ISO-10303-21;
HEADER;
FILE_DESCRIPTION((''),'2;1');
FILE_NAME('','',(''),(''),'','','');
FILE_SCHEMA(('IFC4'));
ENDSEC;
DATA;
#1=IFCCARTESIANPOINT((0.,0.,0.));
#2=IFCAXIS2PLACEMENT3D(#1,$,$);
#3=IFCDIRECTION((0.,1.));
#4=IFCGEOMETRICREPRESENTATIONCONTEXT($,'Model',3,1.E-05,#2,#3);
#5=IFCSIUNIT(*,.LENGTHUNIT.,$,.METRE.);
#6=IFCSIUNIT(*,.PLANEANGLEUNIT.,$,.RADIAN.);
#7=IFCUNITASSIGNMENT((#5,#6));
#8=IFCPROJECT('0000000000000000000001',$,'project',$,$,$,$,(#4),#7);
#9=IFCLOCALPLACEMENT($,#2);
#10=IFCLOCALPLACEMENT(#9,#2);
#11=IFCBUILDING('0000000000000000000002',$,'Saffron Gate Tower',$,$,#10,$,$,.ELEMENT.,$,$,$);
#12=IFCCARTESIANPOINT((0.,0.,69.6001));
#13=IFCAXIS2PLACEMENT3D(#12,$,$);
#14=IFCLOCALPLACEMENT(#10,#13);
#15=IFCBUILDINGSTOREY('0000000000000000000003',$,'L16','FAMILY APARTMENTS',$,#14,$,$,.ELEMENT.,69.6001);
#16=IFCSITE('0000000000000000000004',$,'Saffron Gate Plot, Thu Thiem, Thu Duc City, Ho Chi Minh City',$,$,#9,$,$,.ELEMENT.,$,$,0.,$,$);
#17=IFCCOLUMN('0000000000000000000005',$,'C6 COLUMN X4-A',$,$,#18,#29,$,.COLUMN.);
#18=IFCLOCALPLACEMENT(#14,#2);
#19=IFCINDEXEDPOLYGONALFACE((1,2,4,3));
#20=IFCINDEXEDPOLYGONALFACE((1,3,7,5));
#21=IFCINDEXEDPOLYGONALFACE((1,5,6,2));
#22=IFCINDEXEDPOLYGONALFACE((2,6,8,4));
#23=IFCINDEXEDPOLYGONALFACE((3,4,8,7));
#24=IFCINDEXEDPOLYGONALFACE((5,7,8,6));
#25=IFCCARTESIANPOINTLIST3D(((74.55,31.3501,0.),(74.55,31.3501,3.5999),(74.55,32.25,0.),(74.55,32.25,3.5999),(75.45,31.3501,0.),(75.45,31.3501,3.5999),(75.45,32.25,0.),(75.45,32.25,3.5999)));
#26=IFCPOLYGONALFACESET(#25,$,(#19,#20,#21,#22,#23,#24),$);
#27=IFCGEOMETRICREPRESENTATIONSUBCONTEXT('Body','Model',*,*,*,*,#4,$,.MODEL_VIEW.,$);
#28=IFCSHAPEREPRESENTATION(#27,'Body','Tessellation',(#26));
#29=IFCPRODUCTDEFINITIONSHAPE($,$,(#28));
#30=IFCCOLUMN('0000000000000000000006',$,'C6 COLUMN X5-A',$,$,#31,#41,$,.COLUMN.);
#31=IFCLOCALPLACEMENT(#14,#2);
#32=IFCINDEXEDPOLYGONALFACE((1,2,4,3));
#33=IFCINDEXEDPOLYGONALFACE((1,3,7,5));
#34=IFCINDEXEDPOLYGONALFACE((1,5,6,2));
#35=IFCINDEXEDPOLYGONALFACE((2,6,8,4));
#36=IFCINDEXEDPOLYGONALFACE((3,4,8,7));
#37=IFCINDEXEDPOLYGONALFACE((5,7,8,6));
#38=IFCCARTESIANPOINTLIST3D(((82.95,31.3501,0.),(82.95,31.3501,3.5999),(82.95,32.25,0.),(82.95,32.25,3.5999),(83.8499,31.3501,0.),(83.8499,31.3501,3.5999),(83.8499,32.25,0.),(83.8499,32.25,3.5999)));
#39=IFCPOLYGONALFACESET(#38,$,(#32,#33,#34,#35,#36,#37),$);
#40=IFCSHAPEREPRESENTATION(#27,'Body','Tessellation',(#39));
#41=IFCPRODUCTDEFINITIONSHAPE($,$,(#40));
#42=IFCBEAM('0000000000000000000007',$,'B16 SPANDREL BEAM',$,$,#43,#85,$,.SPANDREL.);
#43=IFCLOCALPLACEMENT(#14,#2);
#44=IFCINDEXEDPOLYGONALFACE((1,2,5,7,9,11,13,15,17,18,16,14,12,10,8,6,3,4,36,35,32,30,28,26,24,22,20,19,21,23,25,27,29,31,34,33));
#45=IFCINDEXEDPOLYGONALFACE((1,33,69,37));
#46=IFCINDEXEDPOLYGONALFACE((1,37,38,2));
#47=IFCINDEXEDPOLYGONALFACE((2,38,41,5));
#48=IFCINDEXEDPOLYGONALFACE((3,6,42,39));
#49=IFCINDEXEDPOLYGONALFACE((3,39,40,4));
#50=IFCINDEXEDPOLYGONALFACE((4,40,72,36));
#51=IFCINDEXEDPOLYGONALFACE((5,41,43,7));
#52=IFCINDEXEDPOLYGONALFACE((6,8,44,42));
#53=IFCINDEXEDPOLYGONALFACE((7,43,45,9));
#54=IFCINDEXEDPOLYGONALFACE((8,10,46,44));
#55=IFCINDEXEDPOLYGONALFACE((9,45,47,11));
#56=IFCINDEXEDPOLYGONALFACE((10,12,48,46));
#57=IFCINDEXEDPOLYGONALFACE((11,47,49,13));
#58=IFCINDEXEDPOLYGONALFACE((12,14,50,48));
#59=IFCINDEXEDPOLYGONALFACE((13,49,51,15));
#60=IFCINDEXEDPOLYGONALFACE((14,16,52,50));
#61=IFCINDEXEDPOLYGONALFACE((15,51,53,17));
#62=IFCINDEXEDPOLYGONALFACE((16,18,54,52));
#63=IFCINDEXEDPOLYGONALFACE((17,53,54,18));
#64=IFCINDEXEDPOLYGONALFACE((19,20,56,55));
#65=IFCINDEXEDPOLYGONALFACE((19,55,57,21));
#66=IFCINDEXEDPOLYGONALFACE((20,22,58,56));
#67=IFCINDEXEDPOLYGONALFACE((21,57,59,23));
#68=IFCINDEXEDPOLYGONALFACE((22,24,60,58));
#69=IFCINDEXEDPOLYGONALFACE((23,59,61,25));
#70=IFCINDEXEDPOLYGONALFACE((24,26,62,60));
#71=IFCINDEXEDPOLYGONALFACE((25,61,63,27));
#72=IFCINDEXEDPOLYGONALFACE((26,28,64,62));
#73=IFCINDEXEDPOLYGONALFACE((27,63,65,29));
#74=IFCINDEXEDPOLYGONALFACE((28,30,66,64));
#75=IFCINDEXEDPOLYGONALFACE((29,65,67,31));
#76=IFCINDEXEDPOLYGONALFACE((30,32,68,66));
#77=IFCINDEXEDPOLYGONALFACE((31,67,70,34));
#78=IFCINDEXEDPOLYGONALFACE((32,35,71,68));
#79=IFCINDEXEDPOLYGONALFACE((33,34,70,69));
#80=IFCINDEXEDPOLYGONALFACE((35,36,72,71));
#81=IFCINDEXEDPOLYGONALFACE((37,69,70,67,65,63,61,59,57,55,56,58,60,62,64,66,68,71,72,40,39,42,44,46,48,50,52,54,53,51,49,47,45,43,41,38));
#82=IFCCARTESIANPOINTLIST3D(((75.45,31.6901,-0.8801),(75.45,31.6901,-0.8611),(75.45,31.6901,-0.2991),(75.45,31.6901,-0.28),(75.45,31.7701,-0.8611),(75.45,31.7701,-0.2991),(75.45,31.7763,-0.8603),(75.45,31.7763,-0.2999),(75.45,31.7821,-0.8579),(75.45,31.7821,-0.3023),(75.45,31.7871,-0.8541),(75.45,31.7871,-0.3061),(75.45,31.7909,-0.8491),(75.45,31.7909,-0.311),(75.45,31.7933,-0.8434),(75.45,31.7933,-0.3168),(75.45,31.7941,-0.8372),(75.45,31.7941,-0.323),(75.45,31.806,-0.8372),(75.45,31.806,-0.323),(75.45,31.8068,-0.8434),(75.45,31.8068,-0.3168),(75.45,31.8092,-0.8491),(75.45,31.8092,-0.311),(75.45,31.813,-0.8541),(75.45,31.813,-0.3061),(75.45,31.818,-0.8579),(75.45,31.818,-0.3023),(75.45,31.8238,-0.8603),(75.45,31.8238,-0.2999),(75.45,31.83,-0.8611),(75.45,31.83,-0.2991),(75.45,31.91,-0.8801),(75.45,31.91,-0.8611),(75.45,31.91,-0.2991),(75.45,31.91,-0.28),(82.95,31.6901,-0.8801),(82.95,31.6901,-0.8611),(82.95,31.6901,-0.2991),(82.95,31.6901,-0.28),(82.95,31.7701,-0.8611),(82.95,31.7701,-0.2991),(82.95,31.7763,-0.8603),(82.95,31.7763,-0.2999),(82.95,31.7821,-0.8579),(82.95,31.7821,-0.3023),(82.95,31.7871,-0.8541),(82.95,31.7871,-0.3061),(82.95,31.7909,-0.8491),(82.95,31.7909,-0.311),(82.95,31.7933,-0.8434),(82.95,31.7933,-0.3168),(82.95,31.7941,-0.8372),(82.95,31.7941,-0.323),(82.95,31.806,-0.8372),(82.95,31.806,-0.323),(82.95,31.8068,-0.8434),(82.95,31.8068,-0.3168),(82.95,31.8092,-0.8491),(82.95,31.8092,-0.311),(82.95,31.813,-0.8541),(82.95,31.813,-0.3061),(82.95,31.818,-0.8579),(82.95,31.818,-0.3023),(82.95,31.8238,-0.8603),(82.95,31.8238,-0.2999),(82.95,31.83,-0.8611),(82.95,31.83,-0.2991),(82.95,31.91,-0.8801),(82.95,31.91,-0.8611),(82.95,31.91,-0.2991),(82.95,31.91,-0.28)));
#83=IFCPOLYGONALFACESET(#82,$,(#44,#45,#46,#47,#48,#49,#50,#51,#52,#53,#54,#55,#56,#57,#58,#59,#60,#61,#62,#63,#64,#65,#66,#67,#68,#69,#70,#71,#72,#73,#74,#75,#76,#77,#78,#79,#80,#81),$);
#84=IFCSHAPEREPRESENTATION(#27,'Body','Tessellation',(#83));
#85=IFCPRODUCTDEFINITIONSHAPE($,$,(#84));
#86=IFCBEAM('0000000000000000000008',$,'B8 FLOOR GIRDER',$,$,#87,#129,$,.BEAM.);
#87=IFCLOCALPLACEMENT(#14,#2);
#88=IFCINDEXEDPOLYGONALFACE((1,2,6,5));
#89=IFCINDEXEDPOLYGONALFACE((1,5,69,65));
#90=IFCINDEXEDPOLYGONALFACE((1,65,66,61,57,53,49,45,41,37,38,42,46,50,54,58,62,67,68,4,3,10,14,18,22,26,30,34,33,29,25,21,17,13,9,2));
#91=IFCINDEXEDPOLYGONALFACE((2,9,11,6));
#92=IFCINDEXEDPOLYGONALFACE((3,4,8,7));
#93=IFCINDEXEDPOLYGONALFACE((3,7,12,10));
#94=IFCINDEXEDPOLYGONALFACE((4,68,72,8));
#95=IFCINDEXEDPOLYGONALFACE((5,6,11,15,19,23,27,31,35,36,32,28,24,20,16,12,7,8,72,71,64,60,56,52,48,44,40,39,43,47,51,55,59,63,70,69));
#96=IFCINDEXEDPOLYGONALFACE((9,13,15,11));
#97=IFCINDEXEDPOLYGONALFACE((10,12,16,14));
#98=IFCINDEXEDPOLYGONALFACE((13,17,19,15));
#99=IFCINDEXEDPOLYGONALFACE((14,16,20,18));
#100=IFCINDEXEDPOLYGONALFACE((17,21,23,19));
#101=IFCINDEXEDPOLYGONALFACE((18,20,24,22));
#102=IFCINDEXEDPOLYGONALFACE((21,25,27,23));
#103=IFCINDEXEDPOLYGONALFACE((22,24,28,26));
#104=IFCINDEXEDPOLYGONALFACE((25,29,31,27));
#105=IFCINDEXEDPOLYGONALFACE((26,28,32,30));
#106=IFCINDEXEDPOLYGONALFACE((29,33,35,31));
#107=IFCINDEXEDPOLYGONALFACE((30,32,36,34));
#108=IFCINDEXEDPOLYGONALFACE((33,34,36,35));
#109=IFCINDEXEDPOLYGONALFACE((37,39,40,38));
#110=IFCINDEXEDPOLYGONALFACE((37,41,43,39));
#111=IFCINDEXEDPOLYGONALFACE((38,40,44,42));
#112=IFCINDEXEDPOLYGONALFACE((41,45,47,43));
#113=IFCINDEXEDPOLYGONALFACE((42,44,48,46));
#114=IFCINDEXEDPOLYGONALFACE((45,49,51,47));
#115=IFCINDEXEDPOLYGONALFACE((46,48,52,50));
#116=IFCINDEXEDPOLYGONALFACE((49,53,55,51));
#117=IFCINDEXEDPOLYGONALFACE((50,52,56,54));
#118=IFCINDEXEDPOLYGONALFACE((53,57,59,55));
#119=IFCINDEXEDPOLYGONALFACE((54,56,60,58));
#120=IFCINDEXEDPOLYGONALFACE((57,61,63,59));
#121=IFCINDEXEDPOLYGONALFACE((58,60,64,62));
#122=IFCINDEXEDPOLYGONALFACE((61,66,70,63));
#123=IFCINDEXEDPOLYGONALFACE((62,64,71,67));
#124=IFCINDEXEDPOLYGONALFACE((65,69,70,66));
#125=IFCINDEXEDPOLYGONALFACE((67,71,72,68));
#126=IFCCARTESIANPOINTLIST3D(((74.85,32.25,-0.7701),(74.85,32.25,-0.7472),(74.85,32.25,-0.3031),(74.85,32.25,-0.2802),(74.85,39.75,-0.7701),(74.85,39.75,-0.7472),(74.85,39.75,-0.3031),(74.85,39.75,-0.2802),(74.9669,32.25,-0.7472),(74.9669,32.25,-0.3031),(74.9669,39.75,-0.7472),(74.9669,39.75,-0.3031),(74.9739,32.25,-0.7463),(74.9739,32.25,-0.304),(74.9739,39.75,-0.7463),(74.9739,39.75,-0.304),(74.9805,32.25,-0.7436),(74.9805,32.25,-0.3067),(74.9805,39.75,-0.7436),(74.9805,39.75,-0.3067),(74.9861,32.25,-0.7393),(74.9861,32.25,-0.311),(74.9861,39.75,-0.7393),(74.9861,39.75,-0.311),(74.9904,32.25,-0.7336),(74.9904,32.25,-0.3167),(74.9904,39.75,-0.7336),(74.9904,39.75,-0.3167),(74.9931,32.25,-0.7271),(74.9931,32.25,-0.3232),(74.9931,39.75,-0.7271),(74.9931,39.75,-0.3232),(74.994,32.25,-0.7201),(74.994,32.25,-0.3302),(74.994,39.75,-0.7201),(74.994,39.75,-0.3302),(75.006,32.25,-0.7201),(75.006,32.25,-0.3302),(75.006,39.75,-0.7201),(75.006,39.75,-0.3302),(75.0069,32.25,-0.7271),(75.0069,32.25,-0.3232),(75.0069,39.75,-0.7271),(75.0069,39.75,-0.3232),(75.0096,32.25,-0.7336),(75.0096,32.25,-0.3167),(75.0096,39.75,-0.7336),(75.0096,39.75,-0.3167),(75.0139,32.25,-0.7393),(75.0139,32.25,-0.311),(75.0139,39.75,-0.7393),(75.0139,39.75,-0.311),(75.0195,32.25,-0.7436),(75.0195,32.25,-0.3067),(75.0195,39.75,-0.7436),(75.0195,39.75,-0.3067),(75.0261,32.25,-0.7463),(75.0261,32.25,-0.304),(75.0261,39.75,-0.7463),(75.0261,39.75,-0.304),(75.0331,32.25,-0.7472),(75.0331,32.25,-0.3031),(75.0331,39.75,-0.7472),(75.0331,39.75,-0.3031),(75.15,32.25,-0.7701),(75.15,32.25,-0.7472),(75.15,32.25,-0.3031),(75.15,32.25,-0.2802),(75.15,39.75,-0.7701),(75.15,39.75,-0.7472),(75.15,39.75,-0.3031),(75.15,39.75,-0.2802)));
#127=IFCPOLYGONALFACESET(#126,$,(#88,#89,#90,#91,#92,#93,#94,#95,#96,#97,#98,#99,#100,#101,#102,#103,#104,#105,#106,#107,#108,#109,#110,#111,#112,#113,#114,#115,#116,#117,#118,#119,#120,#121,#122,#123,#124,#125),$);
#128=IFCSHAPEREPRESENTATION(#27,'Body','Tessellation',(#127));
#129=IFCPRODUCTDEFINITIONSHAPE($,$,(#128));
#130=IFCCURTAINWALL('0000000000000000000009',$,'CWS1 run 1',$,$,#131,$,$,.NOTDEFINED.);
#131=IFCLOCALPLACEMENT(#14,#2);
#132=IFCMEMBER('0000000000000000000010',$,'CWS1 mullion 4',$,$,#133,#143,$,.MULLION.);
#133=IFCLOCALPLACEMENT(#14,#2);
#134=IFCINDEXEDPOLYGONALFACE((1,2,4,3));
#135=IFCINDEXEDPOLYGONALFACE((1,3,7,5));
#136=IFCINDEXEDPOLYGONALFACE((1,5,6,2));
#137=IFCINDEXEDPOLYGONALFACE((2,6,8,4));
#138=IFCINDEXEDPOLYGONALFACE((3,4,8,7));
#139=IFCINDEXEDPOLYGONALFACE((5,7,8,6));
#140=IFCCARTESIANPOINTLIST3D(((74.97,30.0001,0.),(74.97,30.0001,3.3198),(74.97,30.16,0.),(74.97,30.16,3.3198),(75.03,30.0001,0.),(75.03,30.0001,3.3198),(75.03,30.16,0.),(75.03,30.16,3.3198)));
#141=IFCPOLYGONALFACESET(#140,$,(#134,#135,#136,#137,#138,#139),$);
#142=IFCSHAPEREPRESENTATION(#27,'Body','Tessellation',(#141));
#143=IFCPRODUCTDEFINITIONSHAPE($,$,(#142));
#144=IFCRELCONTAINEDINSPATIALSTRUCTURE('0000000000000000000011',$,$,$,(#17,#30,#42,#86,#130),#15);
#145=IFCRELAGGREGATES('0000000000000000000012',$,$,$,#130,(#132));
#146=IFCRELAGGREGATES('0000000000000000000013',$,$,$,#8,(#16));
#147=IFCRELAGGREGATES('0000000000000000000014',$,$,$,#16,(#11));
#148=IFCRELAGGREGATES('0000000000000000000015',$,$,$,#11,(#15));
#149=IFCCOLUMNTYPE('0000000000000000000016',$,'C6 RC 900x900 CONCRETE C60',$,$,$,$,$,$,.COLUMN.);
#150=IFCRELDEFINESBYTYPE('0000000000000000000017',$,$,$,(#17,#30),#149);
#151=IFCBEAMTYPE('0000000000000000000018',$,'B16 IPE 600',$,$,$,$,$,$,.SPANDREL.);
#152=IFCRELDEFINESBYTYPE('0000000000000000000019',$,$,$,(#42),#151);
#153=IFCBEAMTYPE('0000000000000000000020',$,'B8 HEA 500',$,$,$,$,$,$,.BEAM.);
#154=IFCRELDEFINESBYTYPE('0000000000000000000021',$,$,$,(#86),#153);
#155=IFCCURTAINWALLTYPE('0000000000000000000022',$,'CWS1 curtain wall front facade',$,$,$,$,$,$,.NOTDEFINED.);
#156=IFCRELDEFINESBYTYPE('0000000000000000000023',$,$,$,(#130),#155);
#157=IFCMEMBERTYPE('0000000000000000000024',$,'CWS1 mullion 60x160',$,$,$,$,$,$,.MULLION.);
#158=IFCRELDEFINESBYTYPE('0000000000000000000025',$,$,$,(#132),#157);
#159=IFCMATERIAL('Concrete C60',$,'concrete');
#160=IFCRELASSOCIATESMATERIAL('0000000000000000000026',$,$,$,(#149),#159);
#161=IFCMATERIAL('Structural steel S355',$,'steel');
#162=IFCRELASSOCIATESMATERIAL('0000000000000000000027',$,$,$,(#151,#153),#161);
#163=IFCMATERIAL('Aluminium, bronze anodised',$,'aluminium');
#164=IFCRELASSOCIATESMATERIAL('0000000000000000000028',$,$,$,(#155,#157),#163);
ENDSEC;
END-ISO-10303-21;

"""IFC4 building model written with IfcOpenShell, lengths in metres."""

from ifc_helpers import new_model, si_unit, direction, frame, origin, origin_2d, place, context, subcontext, project, spatial, rectangle, i_section, extrude, material, material_profile, profile_set, type_object, element, aggregate, save


model = new_model("IFC4")

# Units and contexts
model_context = context("Model", 3, precision=1e-05, world=origin(), true_north=direction((0.0, 1.0)))
body_context = subcontext(model_context, "Body", "Model", "MODEL_VIEW")
ifc_project = project(units=[si_unit("LENGTHUNIT", "METRE"), si_unit("PLANEANGLEUNIT", "RADIAN")], contexts=[model_context])

# Site, building, storey
site_placement = place(None, origin())
site = spatial("IfcSite", under=ifc_project, at=site_placement, Name="Saffron Gate Plot, Thu Thiem, Thu Duc City, Ho Chi Minh City", CompositionType="ELEMENT", RefElevation=0.0)
building_placement = place(site_placement, origin())
building = spatial("IfcBuilding", under=site, at=building_placement, Name="Saffron Gate Tower", CompositionType="ELEMENT")
storey_placement = place(building_placement, frame((0.0, 0.0, 69.6001)))
storey = spatial("IfcBuildingStorey", under=building, at=storey_placement, Name="L16", Description="FAMILY APARTMENTS", CompositionType="ELEMENT", Elevation=69.6001)

# Columns
ifc_material_1 = material(Name="Concrete C60", Category="concrete")
ifc_material_profile_1 = material_profile(ifc_material_1, rectangle(XDim=0.8999, YDim=0.8999, at=origin_2d()))
ifc_profile_set_1 = profile_set([ifc_material_profile_1], Name="Concrete C60")
column_type = type_object("IfcColumnType", Name="C6 RC 900x900 CONCRETE C60", PredefinedType="COLUMN", material=ifc_profile_set_1)
for number, where, z_axis, x_axis, name in (
    (1, (75.0, 31.8, 0.0), (0.0, 0.0, 1.0), (1.0, 0.0, 0.0), "C6 COLUMN X4-A"),
    (2, (83.3999, 31.8, 0.0), (0.0, 0.0, 1.0), (1.0, 0.0, 0.0), "C6 COLUMN X5-A"),
):
    element("IfcColumn", number, at=place(storey_placement, frame(where, z_axis=z_axis, x_axis=x_axis)), inside=storey, type_object=column_type, Name=name, PredefinedType="COLUMN", context=body_context, shape_type="SweptSolid", body=[
        extrude(rectangle(XDim=0.8999, YDim=0.8999, at=origin_2d()), origin(), (0.0, 0.0, 1.0), 3.5999),
    ])

# Beams
ifc_material_2 = material(Name="Structural steel S355", Category="steel")
ifc_material_profile_2 = material_profile(ifc_material_2, i_section(OverallWidth=0.22, OverallDepth=0.6001, WebThickness=0.012, FlangeThickness=0.019, FilletRadius=0.0239, at=origin_2d()))
ifc_profile_set_2 = profile_set([ifc_material_profile_2], Name="Structural steel S355")
beam_type_1 = type_object("IfcBeamType", Name="B16 IPE 600", PredefinedType="SPANDREL", material=ifc_profile_set_2)
beam_1_placement = place(storey_placement, frame((75.45, 31.8, -0.5801), z_axis=(1.0, 0.0, 0.0), x_axis=(0.0, 1.0, 0.0)))
element("IfcBeam", 3, at=beam_1_placement, inside=storey, type_object=beam_type_1, Name="B16 SPANDREL BEAM", PredefinedType="SPANDREL", context=body_context, shape_type="SweptSolid", body=[
    extrude(i_section(OverallWidth=0.22, OverallDepth=0.6001, WebThickness=0.012, FlangeThickness=0.019, FilletRadius=0.0239, at=origin_2d()), origin(), (0.0, 0.0, 1.0), 7.5),
])
ifc_material_profile_3 = material_profile(ifc_material_2, i_section(OverallWidth=0.3, OverallDepth=0.49, WebThickness=0.012, FlangeThickness=0.0229, FilletRadius=0.0271, at=origin_2d()))
ifc_profile_set_3 = profile_set([ifc_material_profile_3], Name="Structural steel S355")
beam_type_2 = type_object("IfcBeamType", Name="B8 HEA 500", PredefinedType="BEAM", material=ifc_profile_set_3)
beam_2_placement = place(storey_placement, frame((75.0, 32.25, -0.5251), z_axis=(0.0, 1.0, 0.0), x_axis=(-1.0, 0.0, 0.0)))
element("IfcBeam", 4, at=beam_2_placement, inside=storey, type_object=beam_type_2, Name="B8 FLOOR GIRDER", PredefinedType="BEAM", context=body_context, shape_type="SweptSolid", body=[
    extrude(i_section(OverallWidth=0.3, OverallDepth=0.49, WebThickness=0.012, FlangeThickness=0.0229, FilletRadius=0.0271, at=origin_2d()), origin(), (0.0, 0.0, 1.0), 7.5),
])

# Curtain wall, member
ifc_material_3 = material(Name="Aluminium, bronze anodised", Category="aluminium")
curtain_wall_type = type_object("IfcCurtainWallType", Name="CWS1 curtain wall front facade", PredefinedType="NOTDEFINED", material=ifc_material_3)
curtain_wall_placement = place(storey_placement, origin())
curtain_wall = element("IfcCurtainWall", 5, at=curtain_wall_placement, inside=storey, type_object=curtain_wall_type, Name="CWS1 run 1", PredefinedType="NOTDEFINED")
ifc_material_profile_4 = material_profile(ifc_material_3, rectangle(XDim=0.1599, YDim=0.0601, at=origin_2d()))
ifc_profile_set_4 = profile_set([ifc_material_profile_4], Name="Aluminium, bronze anodised")
member_type = type_object("IfcMemberType", Name="CWS1 mullion 60x160", PredefinedType="MULLION", material=ifc_profile_set_4)
member_placement = place(storey_placement, frame((75.0, 30.0801, 0.0), z_axis=(0.0, 0.0, 1.0), x_axis=(0.0, 1.0, 0.0)))
member = element("IfcMember", 6, at=member_placement, type_object=member_type, Name="CWS1 mullion 4", PredefinedType="MULLION", context=body_context, shape_type="SweptSolid", body=[
    extrude(rectangle(XDim=0.1599, YDim=0.0601, at=origin_2d()), origin(), (0.0, 0.0, 1.0), 3.3198),
])
aggregate(curtain_wall, [member])

save(model, "model.ifc")
